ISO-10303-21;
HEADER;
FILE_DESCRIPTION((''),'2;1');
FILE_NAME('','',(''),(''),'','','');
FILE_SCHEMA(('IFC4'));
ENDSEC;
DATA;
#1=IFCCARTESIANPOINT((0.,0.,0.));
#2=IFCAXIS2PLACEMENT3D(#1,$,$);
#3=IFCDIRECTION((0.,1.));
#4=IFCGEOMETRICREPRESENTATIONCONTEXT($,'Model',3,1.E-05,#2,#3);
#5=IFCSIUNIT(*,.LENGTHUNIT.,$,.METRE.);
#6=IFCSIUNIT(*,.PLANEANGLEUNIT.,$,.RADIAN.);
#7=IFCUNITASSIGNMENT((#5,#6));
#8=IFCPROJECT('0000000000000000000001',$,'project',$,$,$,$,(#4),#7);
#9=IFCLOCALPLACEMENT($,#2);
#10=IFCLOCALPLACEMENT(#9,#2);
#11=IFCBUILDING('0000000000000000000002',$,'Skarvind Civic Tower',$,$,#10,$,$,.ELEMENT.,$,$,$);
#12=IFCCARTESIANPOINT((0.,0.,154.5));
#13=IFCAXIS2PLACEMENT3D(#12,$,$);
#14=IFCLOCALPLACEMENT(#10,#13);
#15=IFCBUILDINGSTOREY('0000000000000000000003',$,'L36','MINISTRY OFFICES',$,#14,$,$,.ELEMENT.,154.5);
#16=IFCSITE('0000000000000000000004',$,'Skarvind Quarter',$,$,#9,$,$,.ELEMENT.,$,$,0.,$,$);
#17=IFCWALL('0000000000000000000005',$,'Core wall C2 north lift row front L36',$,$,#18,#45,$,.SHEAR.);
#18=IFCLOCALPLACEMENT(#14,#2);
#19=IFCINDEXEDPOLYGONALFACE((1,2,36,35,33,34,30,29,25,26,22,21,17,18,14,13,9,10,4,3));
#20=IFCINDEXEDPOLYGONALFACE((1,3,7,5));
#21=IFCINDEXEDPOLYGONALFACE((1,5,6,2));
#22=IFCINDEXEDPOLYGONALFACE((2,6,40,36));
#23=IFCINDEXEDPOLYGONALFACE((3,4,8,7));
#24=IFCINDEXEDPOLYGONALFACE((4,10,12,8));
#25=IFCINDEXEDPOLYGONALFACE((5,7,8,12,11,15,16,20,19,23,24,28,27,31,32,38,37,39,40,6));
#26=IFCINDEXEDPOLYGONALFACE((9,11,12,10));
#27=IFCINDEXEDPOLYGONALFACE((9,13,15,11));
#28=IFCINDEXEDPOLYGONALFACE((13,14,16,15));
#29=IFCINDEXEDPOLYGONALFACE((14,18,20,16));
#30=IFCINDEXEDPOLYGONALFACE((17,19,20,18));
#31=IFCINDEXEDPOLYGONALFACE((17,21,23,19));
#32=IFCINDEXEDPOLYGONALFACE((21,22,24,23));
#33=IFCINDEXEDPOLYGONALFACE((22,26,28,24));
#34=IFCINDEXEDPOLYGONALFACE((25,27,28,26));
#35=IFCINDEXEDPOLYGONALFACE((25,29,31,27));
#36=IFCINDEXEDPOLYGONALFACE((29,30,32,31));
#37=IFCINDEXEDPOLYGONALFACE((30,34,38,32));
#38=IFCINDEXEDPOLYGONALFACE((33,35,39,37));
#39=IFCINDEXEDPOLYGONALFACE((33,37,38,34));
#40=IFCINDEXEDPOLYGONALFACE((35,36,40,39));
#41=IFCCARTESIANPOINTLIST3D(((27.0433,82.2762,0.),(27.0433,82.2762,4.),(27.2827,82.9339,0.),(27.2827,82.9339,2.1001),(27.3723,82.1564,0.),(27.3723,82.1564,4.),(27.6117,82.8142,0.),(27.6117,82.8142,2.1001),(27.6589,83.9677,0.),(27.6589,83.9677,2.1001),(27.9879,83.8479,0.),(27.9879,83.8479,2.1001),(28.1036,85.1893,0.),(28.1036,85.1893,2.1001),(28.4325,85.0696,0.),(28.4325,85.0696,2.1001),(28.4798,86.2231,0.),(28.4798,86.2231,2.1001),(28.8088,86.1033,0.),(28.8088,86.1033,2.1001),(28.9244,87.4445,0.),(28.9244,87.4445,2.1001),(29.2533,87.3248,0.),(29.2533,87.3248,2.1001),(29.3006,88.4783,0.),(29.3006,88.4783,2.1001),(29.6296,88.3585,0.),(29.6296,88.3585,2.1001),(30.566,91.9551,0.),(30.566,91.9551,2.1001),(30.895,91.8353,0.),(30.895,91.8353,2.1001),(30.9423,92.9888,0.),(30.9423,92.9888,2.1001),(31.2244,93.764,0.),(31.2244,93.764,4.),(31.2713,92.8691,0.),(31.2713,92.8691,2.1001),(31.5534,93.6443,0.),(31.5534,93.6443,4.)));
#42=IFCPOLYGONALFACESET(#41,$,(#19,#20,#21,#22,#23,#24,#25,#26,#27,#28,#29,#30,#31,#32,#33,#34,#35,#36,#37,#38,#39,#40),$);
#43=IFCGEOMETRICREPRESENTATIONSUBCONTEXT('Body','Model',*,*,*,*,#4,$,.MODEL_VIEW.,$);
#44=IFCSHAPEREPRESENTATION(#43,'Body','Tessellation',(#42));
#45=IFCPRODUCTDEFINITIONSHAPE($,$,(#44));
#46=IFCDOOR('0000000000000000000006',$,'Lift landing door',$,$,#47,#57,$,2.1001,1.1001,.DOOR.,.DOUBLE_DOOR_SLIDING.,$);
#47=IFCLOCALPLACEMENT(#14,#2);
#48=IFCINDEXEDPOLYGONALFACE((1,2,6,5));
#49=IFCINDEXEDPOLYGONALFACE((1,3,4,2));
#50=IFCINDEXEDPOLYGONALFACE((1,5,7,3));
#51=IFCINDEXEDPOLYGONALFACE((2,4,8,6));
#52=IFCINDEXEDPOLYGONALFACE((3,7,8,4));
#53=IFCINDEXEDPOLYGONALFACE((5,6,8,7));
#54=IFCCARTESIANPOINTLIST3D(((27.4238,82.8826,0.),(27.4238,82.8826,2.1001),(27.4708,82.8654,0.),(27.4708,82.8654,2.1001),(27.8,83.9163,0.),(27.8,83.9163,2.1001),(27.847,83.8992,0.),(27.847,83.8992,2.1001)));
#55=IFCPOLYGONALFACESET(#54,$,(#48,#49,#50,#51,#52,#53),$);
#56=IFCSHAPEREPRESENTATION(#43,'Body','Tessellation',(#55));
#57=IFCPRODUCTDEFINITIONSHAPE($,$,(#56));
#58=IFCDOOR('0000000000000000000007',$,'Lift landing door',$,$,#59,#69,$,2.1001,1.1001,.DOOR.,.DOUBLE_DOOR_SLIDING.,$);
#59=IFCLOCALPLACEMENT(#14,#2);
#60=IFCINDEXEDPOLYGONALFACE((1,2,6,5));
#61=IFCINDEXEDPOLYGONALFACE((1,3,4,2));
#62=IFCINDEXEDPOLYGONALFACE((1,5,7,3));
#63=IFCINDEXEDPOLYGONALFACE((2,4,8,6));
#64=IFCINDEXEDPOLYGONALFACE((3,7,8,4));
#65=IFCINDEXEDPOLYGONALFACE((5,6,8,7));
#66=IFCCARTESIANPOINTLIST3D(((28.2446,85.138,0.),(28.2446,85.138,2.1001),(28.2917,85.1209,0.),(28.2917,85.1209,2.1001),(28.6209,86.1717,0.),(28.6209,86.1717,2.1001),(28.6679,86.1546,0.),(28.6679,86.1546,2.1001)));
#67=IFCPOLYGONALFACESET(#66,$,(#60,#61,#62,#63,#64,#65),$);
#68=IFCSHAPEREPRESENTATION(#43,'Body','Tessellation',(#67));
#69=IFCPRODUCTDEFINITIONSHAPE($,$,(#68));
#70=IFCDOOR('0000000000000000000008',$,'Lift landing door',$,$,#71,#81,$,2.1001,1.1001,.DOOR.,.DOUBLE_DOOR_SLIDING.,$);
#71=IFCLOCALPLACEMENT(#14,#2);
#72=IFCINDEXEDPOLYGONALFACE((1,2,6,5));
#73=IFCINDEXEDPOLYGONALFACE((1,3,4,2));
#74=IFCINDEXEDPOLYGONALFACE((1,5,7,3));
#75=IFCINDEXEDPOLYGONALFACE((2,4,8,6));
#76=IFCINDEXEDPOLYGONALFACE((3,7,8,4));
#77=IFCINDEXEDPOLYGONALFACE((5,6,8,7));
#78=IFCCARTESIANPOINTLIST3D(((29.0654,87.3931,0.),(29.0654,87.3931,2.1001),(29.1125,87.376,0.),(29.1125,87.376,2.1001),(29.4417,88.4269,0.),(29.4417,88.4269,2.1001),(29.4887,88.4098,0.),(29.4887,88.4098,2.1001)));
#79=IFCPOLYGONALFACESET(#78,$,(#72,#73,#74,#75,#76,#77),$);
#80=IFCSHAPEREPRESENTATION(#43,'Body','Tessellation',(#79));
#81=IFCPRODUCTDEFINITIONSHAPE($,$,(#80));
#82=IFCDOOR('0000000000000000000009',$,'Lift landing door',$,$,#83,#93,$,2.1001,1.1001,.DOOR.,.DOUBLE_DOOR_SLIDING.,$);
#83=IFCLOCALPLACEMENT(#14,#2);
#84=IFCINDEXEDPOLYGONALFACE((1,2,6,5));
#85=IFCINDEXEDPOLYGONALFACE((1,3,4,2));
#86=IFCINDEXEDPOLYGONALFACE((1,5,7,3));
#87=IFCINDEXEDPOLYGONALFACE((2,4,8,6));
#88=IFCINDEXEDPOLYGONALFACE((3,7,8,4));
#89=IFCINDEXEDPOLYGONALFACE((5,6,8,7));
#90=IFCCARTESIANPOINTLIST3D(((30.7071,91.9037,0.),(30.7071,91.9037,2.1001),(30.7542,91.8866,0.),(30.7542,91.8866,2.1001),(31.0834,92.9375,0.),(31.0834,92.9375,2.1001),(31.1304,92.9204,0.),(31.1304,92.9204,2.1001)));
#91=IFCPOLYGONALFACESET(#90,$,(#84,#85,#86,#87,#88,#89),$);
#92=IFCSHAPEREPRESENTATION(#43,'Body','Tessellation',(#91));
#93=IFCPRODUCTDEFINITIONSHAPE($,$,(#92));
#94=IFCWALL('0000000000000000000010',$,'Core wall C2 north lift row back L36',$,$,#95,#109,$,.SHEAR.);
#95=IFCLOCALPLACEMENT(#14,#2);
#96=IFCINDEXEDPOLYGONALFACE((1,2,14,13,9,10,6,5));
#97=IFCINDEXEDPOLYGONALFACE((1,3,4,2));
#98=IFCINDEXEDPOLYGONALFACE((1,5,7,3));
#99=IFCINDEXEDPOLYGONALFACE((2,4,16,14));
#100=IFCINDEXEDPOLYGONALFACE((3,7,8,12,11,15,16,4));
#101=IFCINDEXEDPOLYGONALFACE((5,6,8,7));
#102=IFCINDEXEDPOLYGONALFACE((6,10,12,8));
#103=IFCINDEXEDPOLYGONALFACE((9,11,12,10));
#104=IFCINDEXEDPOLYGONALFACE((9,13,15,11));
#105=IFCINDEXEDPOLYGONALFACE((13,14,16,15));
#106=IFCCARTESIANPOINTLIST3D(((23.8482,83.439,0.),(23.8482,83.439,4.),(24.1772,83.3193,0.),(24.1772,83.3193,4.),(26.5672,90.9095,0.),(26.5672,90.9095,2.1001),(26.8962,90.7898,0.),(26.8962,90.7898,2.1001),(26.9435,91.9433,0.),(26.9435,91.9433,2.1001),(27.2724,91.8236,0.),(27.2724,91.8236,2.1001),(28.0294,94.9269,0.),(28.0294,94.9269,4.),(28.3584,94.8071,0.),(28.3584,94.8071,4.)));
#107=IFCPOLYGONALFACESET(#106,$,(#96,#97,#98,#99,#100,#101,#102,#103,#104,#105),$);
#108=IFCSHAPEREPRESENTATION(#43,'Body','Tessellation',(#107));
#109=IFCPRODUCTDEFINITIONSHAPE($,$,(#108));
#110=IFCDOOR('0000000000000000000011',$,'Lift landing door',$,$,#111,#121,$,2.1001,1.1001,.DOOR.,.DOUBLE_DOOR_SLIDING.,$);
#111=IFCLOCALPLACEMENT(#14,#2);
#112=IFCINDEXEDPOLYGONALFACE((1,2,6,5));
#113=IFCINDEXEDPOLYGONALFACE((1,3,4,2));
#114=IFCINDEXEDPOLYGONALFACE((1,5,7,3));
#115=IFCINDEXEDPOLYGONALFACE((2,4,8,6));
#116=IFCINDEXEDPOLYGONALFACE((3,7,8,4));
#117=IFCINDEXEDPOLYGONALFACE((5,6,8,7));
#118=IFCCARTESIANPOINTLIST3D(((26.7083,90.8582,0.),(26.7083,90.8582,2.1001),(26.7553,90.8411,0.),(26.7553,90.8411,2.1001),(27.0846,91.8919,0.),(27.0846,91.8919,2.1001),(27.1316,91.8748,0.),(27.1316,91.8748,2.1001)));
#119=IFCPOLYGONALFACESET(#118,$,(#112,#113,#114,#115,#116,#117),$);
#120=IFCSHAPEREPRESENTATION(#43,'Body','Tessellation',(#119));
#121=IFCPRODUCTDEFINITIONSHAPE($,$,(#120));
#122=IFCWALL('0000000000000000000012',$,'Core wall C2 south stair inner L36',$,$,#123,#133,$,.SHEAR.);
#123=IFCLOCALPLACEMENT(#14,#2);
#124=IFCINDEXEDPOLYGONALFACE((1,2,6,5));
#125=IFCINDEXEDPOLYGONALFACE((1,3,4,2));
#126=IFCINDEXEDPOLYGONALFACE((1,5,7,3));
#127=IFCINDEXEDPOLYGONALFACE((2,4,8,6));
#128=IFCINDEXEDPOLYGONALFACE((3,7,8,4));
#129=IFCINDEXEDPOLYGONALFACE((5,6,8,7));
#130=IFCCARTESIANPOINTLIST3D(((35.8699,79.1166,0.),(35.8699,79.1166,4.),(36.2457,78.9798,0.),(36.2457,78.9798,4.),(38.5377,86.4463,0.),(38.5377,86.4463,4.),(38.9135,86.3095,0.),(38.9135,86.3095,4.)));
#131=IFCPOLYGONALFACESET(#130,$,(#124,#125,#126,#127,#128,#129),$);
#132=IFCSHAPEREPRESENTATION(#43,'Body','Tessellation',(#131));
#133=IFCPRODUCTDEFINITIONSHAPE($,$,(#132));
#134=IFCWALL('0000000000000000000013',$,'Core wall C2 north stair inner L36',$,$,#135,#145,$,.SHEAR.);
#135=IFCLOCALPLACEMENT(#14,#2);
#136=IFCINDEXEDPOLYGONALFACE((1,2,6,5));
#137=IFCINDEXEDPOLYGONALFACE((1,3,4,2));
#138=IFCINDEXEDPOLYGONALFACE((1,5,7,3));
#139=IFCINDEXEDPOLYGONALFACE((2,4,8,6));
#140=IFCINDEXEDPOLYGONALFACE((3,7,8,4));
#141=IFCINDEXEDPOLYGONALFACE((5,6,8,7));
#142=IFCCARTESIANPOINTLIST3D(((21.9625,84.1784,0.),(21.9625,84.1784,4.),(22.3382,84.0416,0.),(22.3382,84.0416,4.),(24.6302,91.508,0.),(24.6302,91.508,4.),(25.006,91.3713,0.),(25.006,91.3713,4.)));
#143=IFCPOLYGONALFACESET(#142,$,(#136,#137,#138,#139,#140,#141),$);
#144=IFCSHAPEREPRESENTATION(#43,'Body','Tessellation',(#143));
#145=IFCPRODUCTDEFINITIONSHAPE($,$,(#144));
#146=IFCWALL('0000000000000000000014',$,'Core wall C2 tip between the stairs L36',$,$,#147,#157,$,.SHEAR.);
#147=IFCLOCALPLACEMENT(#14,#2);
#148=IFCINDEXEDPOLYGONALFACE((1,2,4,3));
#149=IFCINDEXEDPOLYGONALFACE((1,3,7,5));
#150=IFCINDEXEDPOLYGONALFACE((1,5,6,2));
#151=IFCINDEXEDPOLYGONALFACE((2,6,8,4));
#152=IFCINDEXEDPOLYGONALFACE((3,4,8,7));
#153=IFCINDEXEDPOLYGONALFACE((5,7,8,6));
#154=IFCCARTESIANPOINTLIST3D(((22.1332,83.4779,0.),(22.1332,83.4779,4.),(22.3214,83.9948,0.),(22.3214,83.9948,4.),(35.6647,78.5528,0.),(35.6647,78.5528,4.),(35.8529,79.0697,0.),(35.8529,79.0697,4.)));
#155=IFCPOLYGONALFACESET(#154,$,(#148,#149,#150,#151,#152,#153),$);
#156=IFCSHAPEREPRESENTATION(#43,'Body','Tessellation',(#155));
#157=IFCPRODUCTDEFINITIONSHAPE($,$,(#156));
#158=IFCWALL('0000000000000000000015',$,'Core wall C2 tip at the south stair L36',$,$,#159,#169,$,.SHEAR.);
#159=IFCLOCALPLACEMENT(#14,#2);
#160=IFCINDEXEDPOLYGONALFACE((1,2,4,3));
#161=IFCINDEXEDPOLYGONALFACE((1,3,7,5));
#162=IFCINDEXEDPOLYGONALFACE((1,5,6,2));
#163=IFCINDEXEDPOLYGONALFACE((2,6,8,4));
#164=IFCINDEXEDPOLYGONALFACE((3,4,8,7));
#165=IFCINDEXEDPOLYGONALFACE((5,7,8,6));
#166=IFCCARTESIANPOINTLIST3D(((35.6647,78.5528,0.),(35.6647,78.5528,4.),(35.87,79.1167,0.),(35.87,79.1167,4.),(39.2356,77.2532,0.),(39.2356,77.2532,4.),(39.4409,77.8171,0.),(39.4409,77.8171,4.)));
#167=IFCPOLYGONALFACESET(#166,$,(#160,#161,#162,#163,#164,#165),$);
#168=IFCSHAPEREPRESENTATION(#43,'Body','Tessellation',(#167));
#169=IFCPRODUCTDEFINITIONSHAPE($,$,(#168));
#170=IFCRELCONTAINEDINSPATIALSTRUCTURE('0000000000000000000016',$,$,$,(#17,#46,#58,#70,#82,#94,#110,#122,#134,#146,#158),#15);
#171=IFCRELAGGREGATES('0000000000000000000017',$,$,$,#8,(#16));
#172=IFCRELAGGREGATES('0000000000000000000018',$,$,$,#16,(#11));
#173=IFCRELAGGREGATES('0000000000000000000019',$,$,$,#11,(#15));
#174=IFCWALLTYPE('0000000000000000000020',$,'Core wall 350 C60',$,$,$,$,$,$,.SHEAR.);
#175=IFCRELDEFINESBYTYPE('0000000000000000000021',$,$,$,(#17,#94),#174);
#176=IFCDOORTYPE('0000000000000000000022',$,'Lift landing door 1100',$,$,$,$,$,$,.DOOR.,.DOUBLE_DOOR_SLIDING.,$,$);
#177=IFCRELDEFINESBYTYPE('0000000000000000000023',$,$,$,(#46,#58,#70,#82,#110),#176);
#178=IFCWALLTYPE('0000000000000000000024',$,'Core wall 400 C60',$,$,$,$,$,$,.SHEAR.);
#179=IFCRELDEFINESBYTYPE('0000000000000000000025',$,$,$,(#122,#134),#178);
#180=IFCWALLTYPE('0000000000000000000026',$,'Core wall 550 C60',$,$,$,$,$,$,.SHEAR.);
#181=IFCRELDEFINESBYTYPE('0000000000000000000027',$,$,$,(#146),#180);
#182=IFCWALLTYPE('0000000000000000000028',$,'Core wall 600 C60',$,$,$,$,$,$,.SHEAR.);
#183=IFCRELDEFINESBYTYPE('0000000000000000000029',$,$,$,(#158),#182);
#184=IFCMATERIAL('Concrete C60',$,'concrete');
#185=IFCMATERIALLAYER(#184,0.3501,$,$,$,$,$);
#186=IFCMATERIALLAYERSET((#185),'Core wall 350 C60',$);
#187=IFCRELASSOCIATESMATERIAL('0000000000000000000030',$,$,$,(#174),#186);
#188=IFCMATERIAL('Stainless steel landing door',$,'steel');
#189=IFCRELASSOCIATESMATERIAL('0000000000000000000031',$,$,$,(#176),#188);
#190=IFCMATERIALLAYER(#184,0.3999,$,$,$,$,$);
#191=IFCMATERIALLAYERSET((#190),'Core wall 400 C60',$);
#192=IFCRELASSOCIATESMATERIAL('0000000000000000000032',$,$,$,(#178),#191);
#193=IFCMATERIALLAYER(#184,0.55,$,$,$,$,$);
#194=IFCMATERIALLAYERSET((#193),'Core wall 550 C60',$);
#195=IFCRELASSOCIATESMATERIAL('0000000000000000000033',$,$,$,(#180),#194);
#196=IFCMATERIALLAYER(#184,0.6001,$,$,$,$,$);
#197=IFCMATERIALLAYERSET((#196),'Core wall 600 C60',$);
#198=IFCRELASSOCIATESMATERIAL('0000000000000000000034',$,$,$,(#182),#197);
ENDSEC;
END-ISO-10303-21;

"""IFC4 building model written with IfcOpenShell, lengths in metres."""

from ifc_helpers import new_model, si_unit, direction, frame, frame_2d, origin, place, context, subcontext, project, spatial, rectangle, extrude, material, layer, layer_set, type_object, element, fill, save


model = new_model("IFC4")

# Units and contexts
model_context = context("Model", 3, precision=1e-05, world=origin(), true_north=direction((0.0, 1.0)))
body_context = subcontext(model_context, "Body", "Model", "MODEL_VIEW")
ifc_project = project(units=[si_unit("LENGTHUNIT", "METRE"), si_unit("PLANEANGLEUNIT", "RADIAN")], contexts=[model_context])

# Site, building, storey
site_placement = place(None, origin())
site = spatial("IfcSite", under=ifc_project, at=site_placement, Name="Skarvind Quarter", CompositionType="ELEMENT", RefElevation=0.0)
building_placement = place(site_placement, origin())
building = spatial("IfcBuilding", under=site, at=building_placement, Name="Skarvind Civic Tower", CompositionType="ELEMENT")
storey_placement = place(building_placement, frame((0.0, 0.0, 154.5)))
storey = spatial("IfcBuildingStorey", under=building, at=storey_placement, Name="L36", Description="MINISTRY OFFICES", CompositionType="ELEMENT", Elevation=154.5)

# Shared definitions
ifc_material_1 = material(Name="Concrete C60", Category="concrete")
ifc_layer_1 = layer(ifc_material_1, 0.3501)
ifc_layer_set_1 = layer_set([ifc_layer_1], Name="Core wall 350 C60")
wall_type_1 = type_object("IfcWallType", Name="Core wall 350 C60", PredefinedType="SHEAR", material=ifc_layer_set_1)

# Wall, openings, doors
wall_1_placement = place(storey_placement, frame((27.2078, 82.2163, 0.0), z_axis=(0.0, 0.0, 1.0), x_axis=(0.342016, 0.939694, 0.0)))
wall_1 = element("IfcWall", 1, at=wall_1_placement, inside=storey, type_object=wall_type_1, Name="Core wall C2 north lift row front L36", PredefinedType="SHEAR", context=body_context, shape_type="SweptSolid", body=[
    extrude(rectangle(XDim=12.2251, YDim=0.3501, at=frame_2d((6.1125, 0.0))), origin(), (0.0, 0.0, 1.0), 4.0),
])
opening_1_placement = place(wall_1_placement, frame((0.7, 0.0, 0.0)))
opening_1 = element("IfcOpeningElement", 2, at=opening_1_placement, cuts=wall_1, PredefinedType="OPENING", context=body_context, shape_type="SweptSolid", body=[
    extrude(rectangle(XDim=1.1001, YDim=2.1001, at=frame_2d((0.55, 1.05))), frame((0.0, 0.1851, 0.0), z_axis=(0.0, -1.0, 0.0), x_axis=(1.0, 0.0, 0.0)), (0.0, 0.0, 1.0), 0.3701),
])
opening_2_placement = place(wall_1_placement, frame((3.1001, 0.0, 0.0)))
opening_2 = element("IfcOpeningElement", 3, at=opening_2_placement, cuts=wall_1, PredefinedType="OPENING", context=body_context, shape_type="SweptSolid", body=[
    extrude(rectangle(XDim=1.1001, YDim=2.1001, at=frame_2d((0.55, 1.05))), frame((0.0, 0.1851, 0.0), z_axis=(0.0, -1.0, 0.0), x_axis=(1.0, 0.0, 0.0)), (0.0, 0.0, 1.0), 0.3701),
])
opening_3_placement = place(wall_1_placement, frame((5.5, 0.0, 0.0)))
opening_3 = element("IfcOpeningElement", 4, at=opening_3_placement, cuts=wall_1, PredefinedType="OPENING", context=body_context, shape_type="SweptSolid", body=[
    extrude(rectangle(XDim=1.1001, YDim=2.1001, at=frame_2d((0.55, 1.05))), frame((0.0, 0.1851, 0.0), z_axis=(0.0, -1.0, 0.0), x_axis=(1.0, 0.0, 0.0)), (0.0, 0.0, 1.0), 0.3701),
])
opening_4_placement = place(wall_1_placement, frame((10.3, 0.0, 0.0)))
opening_4 = element("IfcOpeningElement", 5, at=opening_4_placement, cuts=wall_1, PredefinedType="OPENING", context=body_context, shape_type="SweptSolid", body=[
    extrude(rectangle(XDim=1.1001, YDim=2.1001, at=frame_2d((0.55, 1.05))), frame((0.0, 0.1851, 0.0), z_axis=(0.0, -1.0, 0.0), x_axis=(1.0, 0.0, 0.0)), (0.0, 0.0, 1.0), 0.3701),
])
ifc_material_2 = material(Name="Stainless steel landing door", Category="steel")
door_type_1 = type_object("IfcDoorType", Name="Lift landing door 1100", OperationType="DOUBLE_DOOR_SLIDING", PredefinedType="DOOR", material=ifc_material_2)
door_1_placement = place(opening_1_placement, origin())
door_1 = element("IfcDoor", 6, at=door_1_placement, inside=storey, type_object=door_type_1, Name="Lift landing door", OperationType="DOUBLE_DOOR_SLIDING", OverallHeight=2.1001, OverallWidth=1.1001, PredefinedType="DOOR", context=body_context, shape_type="SweptSolid", body=[
    extrude(rectangle(XDim=1.1001, YDim=2.1001, at=frame_2d((0.55, 1.05))), frame((0.0, 0.0249, 0.0), z_axis=(0.0, -1.0, 0.0), x_axis=(1.0, 0.0, 0.0)), (0.0, 0.0, 1.0), 0.05),
])
fill(opening_1, door_1)
door_2_placement = place(opening_2_placement, origin())
door_2 = element("IfcDoor", 7, at=door_2_placement, inside=storey, type_object=door_type_1, Name="Lift landing door", OperationType="DOUBLE_DOOR_SLIDING", OverallHeight=2.1001, OverallWidth=1.1001, PredefinedType="DOOR", context=body_context, shape_type="SweptSolid", body=[
    extrude(rectangle(XDim=1.1001, YDim=2.1001, at=frame_2d((0.55, 1.05))), frame((0.0, 0.0249, 0.0), z_axis=(0.0, -1.0, 0.0), x_axis=(1.0, 0.0, 0.0)), (0.0, 0.0, 1.0), 0.05),
])
fill(opening_2, door_2)
door_3_placement = place(opening_3_placement, origin())
door_3 = element("IfcDoor", 8, at=door_3_placement, inside=storey, type_object=door_type_1, Name="Lift landing door", OperationType="DOUBLE_DOOR_SLIDING", OverallHeight=2.1001, OverallWidth=1.1001, PredefinedType="DOOR", context=body_context, shape_type="SweptSolid", body=[
    extrude(rectangle(XDim=1.1001, YDim=2.1001, at=frame_2d((0.55, 1.05))), frame((0.0, 0.0249, 0.0), z_axis=(0.0, -1.0, 0.0), x_axis=(1.0, 0.0, 0.0)), (0.0, 0.0, 1.0), 0.05),
])
fill(opening_3, door_3)
door_4_placement = place(opening_4_placement, origin())
door_4 = element("IfcDoor", 9, at=door_4_placement, inside=storey, type_object=door_type_1, Name="Lift landing door", OperationType="DOUBLE_DOOR_SLIDING", OverallHeight=2.1001, OverallWidth=1.1001, PredefinedType="DOOR", context=body_context, shape_type="SweptSolid", body=[
    extrude(rectangle(XDim=1.1001, YDim=2.1001, at=frame_2d((0.55, 1.05))), frame((0.0, 0.0249, 0.0), z_axis=(0.0, -1.0, 0.0), x_axis=(1.0, 0.0, 0.0)), (0.0, 0.0, 1.0), 0.05),
])
fill(opening_4, door_4)

# Wall, opening, door
wall_2_placement = place(storey_placement, frame((24.0127, 83.3792, 0.0), z_axis=(0.0, 0.0, 1.0), x_axis=(0.342016, 0.939694, 0.0)))
wall_2 = element("IfcWall", 10, at=wall_2_placement, inside=storey, type_object=wall_type_1, Name="Core wall C2 north lift row back L36", PredefinedType="SHEAR", context=body_context, shape_type="SweptSolid", body=[
    extrude(rectangle(XDim=12.2251, YDim=0.3501, at=frame_2d((6.1125, 0.0))), origin(), (0.0, 0.0, 1.0), 4.0),
])
opening_5_placement = place(wall_2_placement, frame((7.95, 0.0, 0.0)))
opening_5 = element("IfcOpeningElement", 11, at=opening_5_placement, cuts=wall_2, PredefinedType="OPENING", context=body_context, shape_type="SweptSolid", body=[
    extrude(rectangle(XDim=1.1001, YDim=2.1001, at=frame_2d((0.55, 1.05))), frame((0.0, 0.1851, 0.0), z_axis=(0.0, -1.0, 0.0), x_axis=(1.0, 0.0, 0.0)), (0.0, 0.0, 1.0), 0.3701),
])
door_5_placement = place(opening_5_placement, origin())
door_5 = element("IfcDoor", 12, at=door_5_placement, inside=storey, type_object=door_type_1, Name="Lift landing door", OperationType="DOUBLE_DOOR_SLIDING", OverallHeight=2.1001, OverallWidth=1.1001, PredefinedType="DOOR", context=body_context, shape_type="SweptSolid", body=[
    extrude(rectangle(XDim=1.1001, YDim=2.1001, at=frame_2d((0.55, 1.05))), frame((0.0, 0.0249, 0.0), z_axis=(0.0, -1.0, 0.0), x_axis=(1.0, 0.0, 0.0)), (0.0, 0.0, 1.0), 0.05),
])
fill(opening_5, door_5)

# Walls
ifc_layer_2 = layer(ifc_material_1, 0.3999)
ifc_layer_set_2 = layer_set([ifc_layer_2], Name="Core wall 400 C60")
wall_type_2 = type_object("IfcWallType", Name="Core wall 400 C60", PredefinedType="SHEAR", material=ifc_layer_set_2)
for number, where, z_axis, x_axis, name in (
    (13, (36.0579, 79.0483, 0.0), (0.0, 0.0, 1.0), (0.342017, 0.939694, 0.0), "Core wall C2 south stair inner L36"),
    (14, (22.1504, 84.1101, 0.0), (0.0, 0.0, 1.0), (0.342017, 0.939694, 0.0), "Core wall C2 north stair inner L36"),
):
    element("IfcWall", number, at=place(storey_placement, frame(where, z_axis=z_axis, x_axis=x_axis)), inside=storey, type_object=wall_type_2, Name=name, PredefinedType="SHEAR", context=body_context, shape_type="SweptSolid", body=[
        extrude(rectangle(XDim=7.8, YDim=0.3999, at=frame_2d((3.8999, 0.0))), origin(), (0.0, 0.0, 1.0), 4.0),
    ])
ifc_layer_3 = layer(ifc_material_1, 0.55)
ifc_layer_set_3 = layer_set([ifc_layer_3], Name="Core wall 550 C60")
wall_type_3 = type_object("IfcWallType", Name="Core wall 550 C60", PredefinedType="SHEAR", material=ifc_layer_set_3)
wall_3_placement = place(storey_placement, frame((35.7588, 78.8113, 0.0), z_axis=(0.0, 0.0, 1.0), x_axis=(-0.939693, 0.342019, 0.0)))
element("IfcWall", 15, at=wall_3_placement, inside=storey, type_object=wall_type_3, Name="Core wall C2 tip between the stairs L36", PredefinedType="SHEAR", context=body_context, shape_type="SweptSolid", body=[
    extrude(rectangle(XDim=14.3999, YDim=0.55, at=frame_2d((7.2, 0.0))), origin(), (0.0, 0.0, 1.0), 4.0),
])
ifc_layer_4 = layer(ifc_material_1, 0.6001)
ifc_layer_set_4 = layer_set([ifc_layer_4], Name="Core wall 600 C60")
wall_type_4 = type_object("IfcWallType", Name="Core wall 600 C60", PredefinedType="SHEAR", material=ifc_layer_set_4)
for number, where, z_axis, x_axis, name in (
    (16, (39.3381, 77.5352, 0.0), (0.0, 0.0, 1.0), (-0.939701, 0.341996, 0.0), "Core wall C2 tip at the south stair L36"),
):
    element("IfcWall", number, at=place(storey_placement, frame(where, z_axis=z_axis, x_axis=x_axis)), inside=storey, type_object=wall_type_4, Name=name, PredefinedType="SHEAR", context=body_context, shape_type="SweptSolid", body=[
        extrude(rectangle(XDim=3.8, YDim=0.6001, at=frame_2d((1.8999, 0.0))), origin(), (0.0, 0.0, 1.0), 4.0),
    ])

save(model, "model.ifc")
